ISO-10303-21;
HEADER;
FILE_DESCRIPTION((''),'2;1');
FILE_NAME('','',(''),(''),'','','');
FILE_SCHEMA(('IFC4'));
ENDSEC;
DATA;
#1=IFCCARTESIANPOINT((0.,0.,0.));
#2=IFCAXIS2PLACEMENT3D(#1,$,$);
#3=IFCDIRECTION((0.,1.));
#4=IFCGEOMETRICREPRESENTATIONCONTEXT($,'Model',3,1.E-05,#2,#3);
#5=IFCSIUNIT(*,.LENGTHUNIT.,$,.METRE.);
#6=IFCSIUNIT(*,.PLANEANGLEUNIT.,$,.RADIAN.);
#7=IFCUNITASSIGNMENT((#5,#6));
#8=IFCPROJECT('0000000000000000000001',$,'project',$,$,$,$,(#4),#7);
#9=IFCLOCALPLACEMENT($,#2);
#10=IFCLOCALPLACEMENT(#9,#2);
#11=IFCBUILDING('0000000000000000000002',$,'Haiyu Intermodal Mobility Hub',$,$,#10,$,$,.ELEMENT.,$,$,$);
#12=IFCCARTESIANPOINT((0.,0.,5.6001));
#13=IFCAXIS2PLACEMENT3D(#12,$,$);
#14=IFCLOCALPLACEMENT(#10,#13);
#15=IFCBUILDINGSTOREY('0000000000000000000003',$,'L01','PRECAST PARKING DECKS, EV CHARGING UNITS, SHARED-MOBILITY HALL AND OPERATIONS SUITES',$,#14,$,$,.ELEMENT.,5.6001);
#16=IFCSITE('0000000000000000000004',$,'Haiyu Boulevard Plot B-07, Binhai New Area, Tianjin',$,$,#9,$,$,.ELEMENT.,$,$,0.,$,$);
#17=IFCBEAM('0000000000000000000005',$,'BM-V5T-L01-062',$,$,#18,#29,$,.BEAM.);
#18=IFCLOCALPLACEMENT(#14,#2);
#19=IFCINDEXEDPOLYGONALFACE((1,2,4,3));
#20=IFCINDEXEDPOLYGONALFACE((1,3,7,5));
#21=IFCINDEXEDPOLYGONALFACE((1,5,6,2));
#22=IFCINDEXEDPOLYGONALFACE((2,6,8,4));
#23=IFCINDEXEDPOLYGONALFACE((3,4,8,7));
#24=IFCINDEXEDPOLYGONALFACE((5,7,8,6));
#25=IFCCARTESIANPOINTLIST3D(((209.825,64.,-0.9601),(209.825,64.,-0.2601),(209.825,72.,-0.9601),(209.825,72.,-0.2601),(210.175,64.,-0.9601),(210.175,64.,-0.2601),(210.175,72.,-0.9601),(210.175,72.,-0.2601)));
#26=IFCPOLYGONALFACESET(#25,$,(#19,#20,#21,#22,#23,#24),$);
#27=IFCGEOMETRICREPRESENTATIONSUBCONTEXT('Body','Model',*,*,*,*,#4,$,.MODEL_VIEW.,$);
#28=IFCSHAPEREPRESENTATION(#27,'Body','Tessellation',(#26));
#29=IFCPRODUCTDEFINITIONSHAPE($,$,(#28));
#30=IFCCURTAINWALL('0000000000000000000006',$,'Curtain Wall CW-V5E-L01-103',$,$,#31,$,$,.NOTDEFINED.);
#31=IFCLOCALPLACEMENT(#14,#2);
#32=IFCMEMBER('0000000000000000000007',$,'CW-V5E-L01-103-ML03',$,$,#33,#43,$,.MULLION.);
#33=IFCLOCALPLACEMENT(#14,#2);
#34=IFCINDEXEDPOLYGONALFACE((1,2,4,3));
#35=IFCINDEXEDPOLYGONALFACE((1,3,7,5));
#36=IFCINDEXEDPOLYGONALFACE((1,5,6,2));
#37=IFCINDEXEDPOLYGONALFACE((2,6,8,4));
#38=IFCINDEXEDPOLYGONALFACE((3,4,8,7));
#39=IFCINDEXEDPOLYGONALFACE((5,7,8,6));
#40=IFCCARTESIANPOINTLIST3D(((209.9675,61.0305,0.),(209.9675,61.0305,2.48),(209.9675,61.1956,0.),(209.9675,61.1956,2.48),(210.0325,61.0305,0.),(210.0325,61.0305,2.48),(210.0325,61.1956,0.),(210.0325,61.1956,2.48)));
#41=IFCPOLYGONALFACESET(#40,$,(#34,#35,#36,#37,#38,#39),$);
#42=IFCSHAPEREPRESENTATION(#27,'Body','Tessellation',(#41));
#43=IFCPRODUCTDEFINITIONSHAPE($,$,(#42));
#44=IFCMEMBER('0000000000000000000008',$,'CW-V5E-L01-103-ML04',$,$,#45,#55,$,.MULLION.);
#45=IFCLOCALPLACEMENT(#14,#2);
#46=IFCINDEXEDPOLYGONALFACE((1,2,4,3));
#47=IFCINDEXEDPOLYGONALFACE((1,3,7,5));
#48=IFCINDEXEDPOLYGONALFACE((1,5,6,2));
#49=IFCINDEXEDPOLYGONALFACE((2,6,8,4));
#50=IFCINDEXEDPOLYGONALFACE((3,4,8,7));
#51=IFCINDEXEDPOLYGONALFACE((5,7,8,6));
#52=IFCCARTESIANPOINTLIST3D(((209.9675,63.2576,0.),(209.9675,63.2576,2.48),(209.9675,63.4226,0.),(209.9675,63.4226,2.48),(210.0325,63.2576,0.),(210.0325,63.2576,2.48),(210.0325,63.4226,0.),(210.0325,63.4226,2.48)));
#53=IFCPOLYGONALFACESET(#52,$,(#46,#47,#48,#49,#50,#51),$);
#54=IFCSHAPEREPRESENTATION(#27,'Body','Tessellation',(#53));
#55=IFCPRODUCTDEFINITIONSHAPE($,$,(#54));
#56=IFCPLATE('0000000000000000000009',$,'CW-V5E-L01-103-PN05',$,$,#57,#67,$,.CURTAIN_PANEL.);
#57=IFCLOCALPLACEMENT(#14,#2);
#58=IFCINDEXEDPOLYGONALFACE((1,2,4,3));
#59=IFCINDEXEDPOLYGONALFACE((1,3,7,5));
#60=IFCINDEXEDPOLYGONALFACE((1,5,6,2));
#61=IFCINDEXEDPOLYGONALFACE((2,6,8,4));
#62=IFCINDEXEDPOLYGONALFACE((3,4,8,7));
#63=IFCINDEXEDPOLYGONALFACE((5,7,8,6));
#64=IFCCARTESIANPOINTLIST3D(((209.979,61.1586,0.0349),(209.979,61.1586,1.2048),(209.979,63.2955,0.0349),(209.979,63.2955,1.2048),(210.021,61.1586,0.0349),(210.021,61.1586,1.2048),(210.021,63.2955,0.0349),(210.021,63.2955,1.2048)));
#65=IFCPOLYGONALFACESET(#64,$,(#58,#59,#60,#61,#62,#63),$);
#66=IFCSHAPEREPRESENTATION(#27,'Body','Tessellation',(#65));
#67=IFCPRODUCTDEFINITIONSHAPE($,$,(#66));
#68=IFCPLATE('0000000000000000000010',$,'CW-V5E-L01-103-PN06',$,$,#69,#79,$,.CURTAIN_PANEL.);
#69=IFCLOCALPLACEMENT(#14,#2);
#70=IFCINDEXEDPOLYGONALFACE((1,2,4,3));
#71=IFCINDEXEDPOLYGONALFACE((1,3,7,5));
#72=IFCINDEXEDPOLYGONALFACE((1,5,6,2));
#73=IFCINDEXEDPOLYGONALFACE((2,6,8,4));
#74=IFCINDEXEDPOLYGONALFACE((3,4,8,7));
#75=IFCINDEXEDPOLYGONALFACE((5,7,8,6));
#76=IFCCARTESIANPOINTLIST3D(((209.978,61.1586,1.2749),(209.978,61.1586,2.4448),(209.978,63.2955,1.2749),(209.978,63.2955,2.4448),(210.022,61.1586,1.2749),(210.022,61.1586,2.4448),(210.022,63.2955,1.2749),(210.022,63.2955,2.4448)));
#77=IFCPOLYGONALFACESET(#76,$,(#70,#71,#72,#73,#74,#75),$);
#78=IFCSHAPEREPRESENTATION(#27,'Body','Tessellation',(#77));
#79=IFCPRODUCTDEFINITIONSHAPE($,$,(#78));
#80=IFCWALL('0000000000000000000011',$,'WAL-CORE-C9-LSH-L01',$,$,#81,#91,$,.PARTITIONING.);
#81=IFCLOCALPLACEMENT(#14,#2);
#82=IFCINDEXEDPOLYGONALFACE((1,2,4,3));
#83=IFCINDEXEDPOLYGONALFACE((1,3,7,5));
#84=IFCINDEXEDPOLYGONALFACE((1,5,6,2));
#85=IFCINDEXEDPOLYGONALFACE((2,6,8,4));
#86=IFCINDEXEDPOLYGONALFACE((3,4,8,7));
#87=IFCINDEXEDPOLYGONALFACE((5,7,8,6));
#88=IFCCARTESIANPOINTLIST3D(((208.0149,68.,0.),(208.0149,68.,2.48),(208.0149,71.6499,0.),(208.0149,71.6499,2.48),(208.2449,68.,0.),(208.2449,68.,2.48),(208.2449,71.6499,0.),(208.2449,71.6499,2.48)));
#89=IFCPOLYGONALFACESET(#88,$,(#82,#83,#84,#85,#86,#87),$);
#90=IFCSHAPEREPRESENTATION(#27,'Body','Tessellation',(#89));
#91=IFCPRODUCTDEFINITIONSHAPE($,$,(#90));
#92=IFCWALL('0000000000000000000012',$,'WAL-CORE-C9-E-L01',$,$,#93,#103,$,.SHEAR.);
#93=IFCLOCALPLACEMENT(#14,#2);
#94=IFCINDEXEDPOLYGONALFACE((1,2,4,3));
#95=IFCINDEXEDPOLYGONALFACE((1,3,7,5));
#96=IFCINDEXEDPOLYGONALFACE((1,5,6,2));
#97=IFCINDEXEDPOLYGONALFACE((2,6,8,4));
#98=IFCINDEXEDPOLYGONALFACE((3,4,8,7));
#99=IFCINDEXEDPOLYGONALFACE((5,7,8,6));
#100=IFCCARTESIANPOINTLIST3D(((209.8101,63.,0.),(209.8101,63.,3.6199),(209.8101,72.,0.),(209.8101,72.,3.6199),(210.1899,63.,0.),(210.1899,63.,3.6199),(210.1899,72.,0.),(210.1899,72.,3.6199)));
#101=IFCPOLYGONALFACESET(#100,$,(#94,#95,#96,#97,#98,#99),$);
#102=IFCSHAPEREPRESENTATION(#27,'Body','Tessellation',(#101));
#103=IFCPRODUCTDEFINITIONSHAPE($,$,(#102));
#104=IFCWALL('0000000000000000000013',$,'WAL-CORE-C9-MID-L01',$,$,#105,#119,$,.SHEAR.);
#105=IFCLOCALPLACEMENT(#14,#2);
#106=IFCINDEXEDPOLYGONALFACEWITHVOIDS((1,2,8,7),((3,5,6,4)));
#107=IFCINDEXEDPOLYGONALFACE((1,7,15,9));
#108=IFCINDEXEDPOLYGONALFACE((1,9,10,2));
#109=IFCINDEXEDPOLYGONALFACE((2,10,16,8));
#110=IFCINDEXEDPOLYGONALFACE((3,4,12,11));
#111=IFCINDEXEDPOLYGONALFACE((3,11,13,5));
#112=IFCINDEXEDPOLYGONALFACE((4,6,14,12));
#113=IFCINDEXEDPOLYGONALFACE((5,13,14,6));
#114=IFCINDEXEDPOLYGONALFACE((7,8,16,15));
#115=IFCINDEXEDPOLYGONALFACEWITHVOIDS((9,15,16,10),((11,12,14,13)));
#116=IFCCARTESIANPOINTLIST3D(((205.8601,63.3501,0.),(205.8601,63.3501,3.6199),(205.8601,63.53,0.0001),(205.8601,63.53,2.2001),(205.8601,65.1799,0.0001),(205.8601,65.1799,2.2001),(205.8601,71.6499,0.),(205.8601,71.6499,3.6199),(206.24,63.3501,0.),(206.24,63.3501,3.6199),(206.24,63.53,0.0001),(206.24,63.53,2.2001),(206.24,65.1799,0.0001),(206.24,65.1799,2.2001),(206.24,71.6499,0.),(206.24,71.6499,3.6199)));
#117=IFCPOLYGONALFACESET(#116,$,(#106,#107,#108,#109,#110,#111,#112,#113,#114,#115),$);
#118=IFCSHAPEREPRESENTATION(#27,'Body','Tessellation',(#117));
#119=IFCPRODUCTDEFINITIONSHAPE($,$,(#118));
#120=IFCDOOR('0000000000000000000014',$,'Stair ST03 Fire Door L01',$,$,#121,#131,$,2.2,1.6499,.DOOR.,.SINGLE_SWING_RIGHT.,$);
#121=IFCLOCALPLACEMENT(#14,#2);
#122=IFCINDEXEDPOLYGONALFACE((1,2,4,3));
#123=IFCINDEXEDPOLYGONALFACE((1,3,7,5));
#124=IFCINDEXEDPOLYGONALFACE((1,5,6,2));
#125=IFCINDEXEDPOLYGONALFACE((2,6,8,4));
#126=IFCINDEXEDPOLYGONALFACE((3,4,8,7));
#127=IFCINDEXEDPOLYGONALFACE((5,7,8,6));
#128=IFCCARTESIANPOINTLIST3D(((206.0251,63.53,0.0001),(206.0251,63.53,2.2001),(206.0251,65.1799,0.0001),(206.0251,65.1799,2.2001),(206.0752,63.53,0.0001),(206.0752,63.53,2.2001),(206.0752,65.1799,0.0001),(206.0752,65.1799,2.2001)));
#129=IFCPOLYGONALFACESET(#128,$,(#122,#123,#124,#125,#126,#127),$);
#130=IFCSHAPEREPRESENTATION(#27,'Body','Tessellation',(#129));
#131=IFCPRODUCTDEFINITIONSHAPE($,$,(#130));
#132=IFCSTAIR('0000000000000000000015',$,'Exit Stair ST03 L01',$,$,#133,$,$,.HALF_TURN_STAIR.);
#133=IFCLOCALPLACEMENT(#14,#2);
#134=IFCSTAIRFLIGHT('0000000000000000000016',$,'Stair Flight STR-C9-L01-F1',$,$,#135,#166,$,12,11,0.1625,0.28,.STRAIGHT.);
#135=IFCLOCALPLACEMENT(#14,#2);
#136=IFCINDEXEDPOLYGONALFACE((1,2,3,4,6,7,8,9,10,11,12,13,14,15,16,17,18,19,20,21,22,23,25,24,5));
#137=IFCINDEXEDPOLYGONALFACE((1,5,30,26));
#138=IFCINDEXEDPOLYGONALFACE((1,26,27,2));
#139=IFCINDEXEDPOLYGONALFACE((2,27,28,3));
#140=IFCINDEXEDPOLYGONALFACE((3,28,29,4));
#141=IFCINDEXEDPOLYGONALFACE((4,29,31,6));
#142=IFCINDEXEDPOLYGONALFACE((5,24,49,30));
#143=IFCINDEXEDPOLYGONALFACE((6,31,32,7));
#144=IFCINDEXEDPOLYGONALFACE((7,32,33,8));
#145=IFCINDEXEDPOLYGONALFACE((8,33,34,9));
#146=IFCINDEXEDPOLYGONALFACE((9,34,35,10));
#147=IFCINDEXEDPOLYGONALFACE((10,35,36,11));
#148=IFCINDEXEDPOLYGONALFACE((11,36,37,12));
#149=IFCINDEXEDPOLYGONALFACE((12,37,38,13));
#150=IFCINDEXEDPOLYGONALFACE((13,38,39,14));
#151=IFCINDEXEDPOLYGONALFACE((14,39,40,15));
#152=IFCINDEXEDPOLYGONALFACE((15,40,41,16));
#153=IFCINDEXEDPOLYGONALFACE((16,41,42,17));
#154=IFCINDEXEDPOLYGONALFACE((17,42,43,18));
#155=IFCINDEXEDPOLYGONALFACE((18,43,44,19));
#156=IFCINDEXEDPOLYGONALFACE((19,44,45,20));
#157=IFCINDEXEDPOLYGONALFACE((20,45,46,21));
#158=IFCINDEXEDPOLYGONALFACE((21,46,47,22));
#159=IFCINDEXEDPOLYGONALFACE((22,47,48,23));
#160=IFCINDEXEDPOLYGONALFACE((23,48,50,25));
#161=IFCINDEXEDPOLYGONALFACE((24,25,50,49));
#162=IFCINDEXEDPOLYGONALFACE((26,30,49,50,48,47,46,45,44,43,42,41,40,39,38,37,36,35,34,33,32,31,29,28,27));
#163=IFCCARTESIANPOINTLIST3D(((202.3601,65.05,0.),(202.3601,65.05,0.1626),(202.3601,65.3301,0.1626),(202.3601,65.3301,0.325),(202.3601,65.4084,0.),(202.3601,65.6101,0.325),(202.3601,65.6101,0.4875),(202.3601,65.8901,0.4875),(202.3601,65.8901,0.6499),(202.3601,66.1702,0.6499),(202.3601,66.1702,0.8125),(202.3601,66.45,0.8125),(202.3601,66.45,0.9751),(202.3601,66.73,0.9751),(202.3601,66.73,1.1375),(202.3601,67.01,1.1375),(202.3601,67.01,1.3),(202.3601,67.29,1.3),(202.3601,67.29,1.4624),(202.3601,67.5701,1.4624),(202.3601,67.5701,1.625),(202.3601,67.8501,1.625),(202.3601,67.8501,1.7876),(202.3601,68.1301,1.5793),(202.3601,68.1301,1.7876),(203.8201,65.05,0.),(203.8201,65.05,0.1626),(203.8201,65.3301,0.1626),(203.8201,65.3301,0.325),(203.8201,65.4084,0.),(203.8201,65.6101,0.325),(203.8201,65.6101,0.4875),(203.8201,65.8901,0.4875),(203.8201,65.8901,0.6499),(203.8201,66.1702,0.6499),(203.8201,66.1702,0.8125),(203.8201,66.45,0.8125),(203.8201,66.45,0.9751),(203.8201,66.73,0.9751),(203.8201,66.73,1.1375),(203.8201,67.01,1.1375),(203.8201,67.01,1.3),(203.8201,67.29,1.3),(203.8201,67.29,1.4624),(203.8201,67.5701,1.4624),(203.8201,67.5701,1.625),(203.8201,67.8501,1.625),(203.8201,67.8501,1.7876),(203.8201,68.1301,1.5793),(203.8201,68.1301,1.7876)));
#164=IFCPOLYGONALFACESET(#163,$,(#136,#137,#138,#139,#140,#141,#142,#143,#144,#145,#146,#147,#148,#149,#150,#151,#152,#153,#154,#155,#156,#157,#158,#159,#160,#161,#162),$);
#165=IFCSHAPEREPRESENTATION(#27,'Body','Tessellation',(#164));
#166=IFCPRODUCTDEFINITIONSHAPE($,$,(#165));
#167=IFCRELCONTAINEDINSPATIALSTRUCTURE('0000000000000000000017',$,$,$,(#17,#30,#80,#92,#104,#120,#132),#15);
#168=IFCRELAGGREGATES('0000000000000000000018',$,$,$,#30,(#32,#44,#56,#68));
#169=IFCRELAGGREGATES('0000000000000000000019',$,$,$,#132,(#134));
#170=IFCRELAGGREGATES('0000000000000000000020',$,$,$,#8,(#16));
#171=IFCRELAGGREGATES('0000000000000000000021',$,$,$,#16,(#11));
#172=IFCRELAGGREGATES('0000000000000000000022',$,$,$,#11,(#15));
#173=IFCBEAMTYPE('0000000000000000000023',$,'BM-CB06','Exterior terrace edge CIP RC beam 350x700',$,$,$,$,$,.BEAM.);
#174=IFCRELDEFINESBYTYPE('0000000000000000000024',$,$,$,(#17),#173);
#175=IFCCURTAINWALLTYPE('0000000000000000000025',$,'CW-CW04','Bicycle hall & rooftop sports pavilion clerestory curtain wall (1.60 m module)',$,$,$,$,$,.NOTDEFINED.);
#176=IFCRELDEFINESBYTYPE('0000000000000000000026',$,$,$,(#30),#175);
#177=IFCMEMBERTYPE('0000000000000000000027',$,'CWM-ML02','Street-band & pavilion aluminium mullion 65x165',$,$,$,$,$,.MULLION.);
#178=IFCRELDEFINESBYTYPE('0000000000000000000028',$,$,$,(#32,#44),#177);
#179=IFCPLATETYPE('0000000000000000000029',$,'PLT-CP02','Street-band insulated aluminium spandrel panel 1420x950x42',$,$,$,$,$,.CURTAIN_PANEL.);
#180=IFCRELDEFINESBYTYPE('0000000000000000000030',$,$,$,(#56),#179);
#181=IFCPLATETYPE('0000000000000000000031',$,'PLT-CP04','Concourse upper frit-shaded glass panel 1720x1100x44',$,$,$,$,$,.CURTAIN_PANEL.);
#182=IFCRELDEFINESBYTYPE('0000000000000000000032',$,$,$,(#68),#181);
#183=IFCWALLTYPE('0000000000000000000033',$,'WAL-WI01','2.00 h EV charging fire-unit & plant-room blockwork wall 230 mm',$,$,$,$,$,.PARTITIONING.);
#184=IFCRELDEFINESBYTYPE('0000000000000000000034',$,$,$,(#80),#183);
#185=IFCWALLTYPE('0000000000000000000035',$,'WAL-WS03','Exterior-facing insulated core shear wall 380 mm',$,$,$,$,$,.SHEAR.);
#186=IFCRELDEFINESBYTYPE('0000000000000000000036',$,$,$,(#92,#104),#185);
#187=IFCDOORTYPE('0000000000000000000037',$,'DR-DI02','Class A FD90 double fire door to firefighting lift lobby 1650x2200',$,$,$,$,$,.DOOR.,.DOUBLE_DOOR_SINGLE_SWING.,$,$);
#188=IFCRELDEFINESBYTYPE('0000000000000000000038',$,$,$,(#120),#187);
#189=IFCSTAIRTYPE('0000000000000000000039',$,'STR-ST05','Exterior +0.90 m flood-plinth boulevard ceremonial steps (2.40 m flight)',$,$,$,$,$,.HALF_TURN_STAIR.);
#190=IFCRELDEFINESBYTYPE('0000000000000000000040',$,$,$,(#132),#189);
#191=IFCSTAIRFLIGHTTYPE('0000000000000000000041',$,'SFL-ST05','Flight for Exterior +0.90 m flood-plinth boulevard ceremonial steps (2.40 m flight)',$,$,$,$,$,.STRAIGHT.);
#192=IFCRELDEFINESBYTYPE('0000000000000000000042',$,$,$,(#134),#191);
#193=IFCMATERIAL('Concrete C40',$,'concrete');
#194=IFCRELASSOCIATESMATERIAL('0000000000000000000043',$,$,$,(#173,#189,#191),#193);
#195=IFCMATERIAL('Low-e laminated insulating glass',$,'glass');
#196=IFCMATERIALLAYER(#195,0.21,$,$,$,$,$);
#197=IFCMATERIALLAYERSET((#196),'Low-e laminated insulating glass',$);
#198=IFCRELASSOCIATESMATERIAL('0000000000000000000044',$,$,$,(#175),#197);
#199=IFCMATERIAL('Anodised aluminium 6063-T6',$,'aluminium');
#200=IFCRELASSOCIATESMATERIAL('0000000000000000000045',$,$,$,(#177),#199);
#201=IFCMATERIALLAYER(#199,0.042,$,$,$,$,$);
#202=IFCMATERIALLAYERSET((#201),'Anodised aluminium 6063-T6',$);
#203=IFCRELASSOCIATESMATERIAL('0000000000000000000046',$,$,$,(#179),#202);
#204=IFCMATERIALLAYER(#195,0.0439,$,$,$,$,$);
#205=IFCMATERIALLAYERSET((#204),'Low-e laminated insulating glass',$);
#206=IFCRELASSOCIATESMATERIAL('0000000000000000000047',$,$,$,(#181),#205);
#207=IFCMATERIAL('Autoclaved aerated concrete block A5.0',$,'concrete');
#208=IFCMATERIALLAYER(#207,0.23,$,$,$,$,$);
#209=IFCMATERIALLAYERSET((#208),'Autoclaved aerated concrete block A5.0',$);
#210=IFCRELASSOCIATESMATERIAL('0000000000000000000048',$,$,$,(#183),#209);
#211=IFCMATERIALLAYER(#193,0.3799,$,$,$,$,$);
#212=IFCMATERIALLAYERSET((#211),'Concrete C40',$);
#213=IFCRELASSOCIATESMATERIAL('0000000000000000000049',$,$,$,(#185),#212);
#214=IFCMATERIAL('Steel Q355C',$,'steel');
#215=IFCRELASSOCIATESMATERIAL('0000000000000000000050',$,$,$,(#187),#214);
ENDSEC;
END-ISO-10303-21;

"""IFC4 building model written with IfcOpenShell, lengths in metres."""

from ifc_helpers import new_model, si_unit, direction, frame, frame_2d, origin, origin_2d, place, context, subcontext, project, spatial, polyline, rectangle, outline, extrude, material, layer, layer_set, material_profile, profile_set, type_object, element, fill, aggregate, save


model = new_model("IFC4")

# Units and contexts
model_context = context("Model", 3, precision=1e-05, world=origin(), true_north=direction((0.0, 1.0)))
body_context = subcontext(model_context, "Body", "Model", "MODEL_VIEW")
ifc_project = project(units=[si_unit("LENGTHUNIT", "METRE"), si_unit("PLANEANGLEUNIT", "RADIAN")], contexts=[model_context])

# Site, building, storey
site_placement = place(None, origin())
site = spatial("IfcSite", under=ifc_project, at=site_placement, Name="Haiyu Boulevard Plot B-07, Binhai New Area, Tianjin", CompositionType="ELEMENT", RefElevation=0.0)
building_placement = place(site_placement, origin())
building = spatial("IfcBuilding", under=site, at=building_placement, Name="Haiyu Intermodal Mobility Hub", CompositionType="ELEMENT")
storey_placement = place(building_placement, frame((0.0, 0.0, 5.6001)))
storey = spatial("IfcBuildingStorey", under=building, at=storey_placement, Name="L01", Description="PRECAST PARKING DECKS, EV CHARGING UNITS, SHARED-MOBILITY HALL AND OPERATIONS SUITES", CompositionType="ELEMENT", Elevation=5.6001)

# Beam
ifc_material_1 = material(Name="Concrete C40", Category="concrete")
ifc_material_profile_1 = material_profile(ifc_material_1, rectangle(XDim=0.3501, YDim=0.7, at=origin_2d()), Name="RCB350x700")
ifc_profile_set_1 = profile_set([ifc_material_profile_1], Name="Concrete C40")
beam_type = type_object("IfcBeamType", Name="BM-CB06", Description="Exterior terrace edge CIP RC beam 350x700", PredefinedType="BEAM", material=ifc_profile_set_1)
beam_placement = place(storey_placement, frame((210.0, 64.0, -0.6101), z_axis=(0.0, 1.0, 0.0), x_axis=(-1.0, 0.0, 0.0)))
element("IfcBeam", 1, at=beam_placement, inside=storey, type_object=beam_type, Name="BM-V5T-L01-062", PredefinedType="BEAM", context=body_context, shape_type="SweptSolid", body=[
    extrude(rectangle(XDim=0.3501, YDim=0.7, at=origin_2d()), origin(), (0.0, 0.0, 1.0), 8.0),
])

# Curtain wall, members, plates
ifc_material_2 = material(Name="Low-e laminated insulating glass", Category="glass")
ifc_layer_1 = layer(ifc_material_2, 0.21)
ifc_layer_set_1 = layer_set([ifc_layer_1], Name="Low-e laminated insulating glass")
curtain_wall_type = type_object("IfcCurtainWallType", Name="CW-CW04", Description="Bicycle hall & rooftop sports pavilion clerestory curtain wall (1.60 m module)", PredefinedType="NOTDEFINED", material=ifc_layer_set_1)
curtain_wall_placement = place(storey_placement, origin())
curtain_wall = element("IfcCurtainWall", 2, at=curtain_wall_placement, inside=storey, type_object=curtain_wall_type, Name="Curtain Wall CW-V5E-L01-103", PredefinedType="NOTDEFINED")
ifc_material_3 = material(Name="Anodised aluminium 6063-T6", Category="aluminium")
ifc_material_profile_2 = material_profile(ifc_material_3, rectangle(XDim=0.0649, YDim=0.165, at=origin_2d()), Name="ALU65x165")
ifc_profile_set_2 = profile_set([ifc_material_profile_2], Name="Anodised aluminium 6063-T6")
member_type = type_object("IfcMemberType", Name="CWM-ML02", Description="Street-band & pavilion aluminium mullion 65x165", PredefinedType="MULLION", material=ifc_profile_set_2)
member_1_placement = place(storey_placement, frame((210.0, 61.113, 0.0), z_axis=(0.0, 0.0, 1.0), x_axis=(1.0, 0.0, 0.0)))
member_1 = element("IfcMember", 3, at=member_1_placement, type_object=member_type, Name="CW-V5E-L01-103-ML03", PredefinedType="MULLION", context=body_context, shape_type="SweptSolid", body=[
    extrude(rectangle(XDim=0.0649, YDim=0.165, at=origin_2d()), origin(), (0.0, 0.0, 1.0), 2.48),
])
member_2_placement = place(storey_placement, frame((210.0, 63.3401, 0.0), z_axis=(0.0, 0.0, 1.0), x_axis=(1.0, 0.0, 0.0)))
member_2 = element("IfcMember", 4, at=member_2_placement, type_object=member_type, Name="CW-V5E-L01-103-ML04", PredefinedType="MULLION", context=body_context, shape_type="SweptSolid", body=[
    extrude(rectangle(XDim=0.0649, YDim=0.165, at=origin_2d()), origin(), (0.0, 0.0, 1.0), 2.48),
])
ifc_layer_2 = layer(ifc_material_3, 0.042)
ifc_layer_set_2 = layer_set([ifc_layer_2], Name="Anodised aluminium 6063-T6")
plate_type_1 = type_object("IfcPlateType", Name="PLT-CP02", Description="Street-band insulated aluminium spandrel panel 1420x950x42", PredefinedType="CURTAIN_PANEL", material=ifc_layer_set_2)
plate_1_placement = place(storey_placement, frame((210.0, 62.2271, 0.0349), z_axis=(0.0, 0.0, 1.0), x_axis=(0.0, 1.0, 0.0)))
plate_1 = element("IfcPlate", 5, at=plate_1_placement, type_object=plate_type_1, Name="CW-V5E-L01-103-PN05", PredefinedType="CURTAIN_PANEL", context=body_context, shape_type="SweptSolid", body=[
    extrude(rectangle(XDim=2.137, YDim=0.042, at=origin_2d()), origin(), (0.0, 0.0, 1.0), 1.1699),
])
ifc_layer_3 = layer(ifc_material_2, 0.0439)
ifc_layer_set_3 = layer_set([ifc_layer_3], Name="Low-e laminated insulating glass")
plate_type_2 = type_object("IfcPlateType", Name="PLT-CP04", Description="Concourse upper frit-shaded glass panel 1720x1100x44", PredefinedType="CURTAIN_PANEL", material=ifc_layer_set_3)
plate_2_placement = place(storey_placement, frame((210.0, 62.2271, 1.2749), z_axis=(0.0, 0.0, 1.0), x_axis=(0.0, 1.0, 0.0)))
plate_2 = element("IfcPlate", 6, at=plate_2_placement, type_object=plate_type_2, Name="CW-V5E-L01-103-PN06", PredefinedType="CURTAIN_PANEL", context=body_context, shape_type="SweptSolid", body=[
    extrude(rectangle(XDim=2.137, YDim=0.0439, at=origin_2d()), origin(), (0.0, 0.0, 1.0), 1.1699),
])
aggregate(curtain_wall, [member_1, member_2, plate_1, plate_2])

# Wall
ifc_material_4 = material(Name="Autoclaved aerated concrete block A5.0", Category="concrete")
ifc_layer_4 = layer(ifc_material_4, 0.23)
ifc_layer_set_4 = layer_set([ifc_layer_4], Name="Autoclaved aerated concrete block A5.0")
wall_type_1 = type_object("IfcWallType", Name="WAL-WI01", Description="2.00 h EV charging fire-unit & plant-room blockwork wall 230 mm", PredefinedType="PARTITIONING", material=ifc_layer_set_4)
wall_1_placement = place(storey_placement, frame((208.1299, 68.0, 0.0), z_axis=(0.0, 0.0, 1.0), x_axis=(0.0, 1.0, 0.0)))
element("IfcWall", 7, at=wall_1_placement, inside=storey, type_object=wall_type_1, Name="WAL-CORE-C9-LSH-L01", PredefinedType="PARTITIONING", context=body_context, shape_type="SweptSolid", body=[
    extrude(rectangle(XDim=3.6499, YDim=0.23, at=frame_2d((1.825, 0.0))), origin(), (0.0, 0.0, 1.0), 2.48),
])

# Shared definitions
ifc_material_5 = material(Name="Steel Q355C", Category="steel")

# Wall
ifc_layer_5 = layer(ifc_material_1, 0.3799)
ifc_layer_set_5 = layer_set([ifc_layer_5], Name="Concrete C40")
wall_type_2 = type_object("IfcWallType", Name="WAL-WS03", Description="Exterior-facing insulated core shear wall 380 mm", PredefinedType="SHEAR", material=ifc_layer_set_5)
wall_2_placement = place(storey_placement, frame((210.0, 63.0, 0.0), z_axis=(0.0, 0.0, 1.0), x_axis=(0.0, 1.0, 0.0)))
element("IfcWall", 8, at=wall_2_placement, inside=storey, type_object=wall_type_2, Name="WAL-CORE-C9-E-L01", PredefinedType="SHEAR", context=body_context, shape_type="SweptSolid", body=[
    extrude(rectangle(XDim=9.0, YDim=0.3799, at=frame_2d((4.5, 0.0))), origin(), (0.0, 0.0, 1.0), 3.6199),
])

# Wall, opening, door
wall_3_placement = place(storey_placement, frame((206.05, 63.3501, 0.0), z_axis=(0.0, 0.0, 1.0), x_axis=(0.0, 1.0, 0.0)))
wall_3 = element("IfcWall", 9, at=wall_3_placement, inside=storey, type_object=wall_type_2, Name="WAL-CORE-C9-MID-L01", PredefinedType="SHEAR", context=body_context, shape_type="SweptSolid", body=[
    extrude(rectangle(XDim=8.2998, YDim=0.3799, at=frame_2d((4.1499, 0.0))), origin(), (0.0, 0.0, 1.0), 3.6199),
])
opening_1_placement = place(wall_3_placement, frame((0.1799, 0.0, 0.0)))
opening_1 = element("IfcOpeningElement", 10, at=opening_1_placement, cuts=wall_3, PredefinedType="OPENING", context=body_context, shape_type="SweptSolid", body=[
    extrude(rectangle(XDim=1.6499, YDim=2.2, at=frame_2d((0.825, 1.1001))), frame((0.0, 0.2, 0.0), z_axis=(0.0, -1.0, 0.0), x_axis=(1.0, 0.0, 0.0)), (0.0, 0.0, 1.0), 0.3999),
])
door_type_1 = type_object("IfcDoorType", Name="DR-DI02", Description="Class A FD90 double fire door to firefighting lift lobby 1650x2200", OperationType="DOUBLE_DOOR_SINGLE_SWING", PredefinedType="DOOR", material=ifc_material_5)
door_1_placement = place(opening_1_placement, origin())
door_1 = element("IfcDoor", 11, at=door_1_placement, inside=storey, type_object=door_type_1, Name="Stair ST03 Fire Door L01", OperationType="SINGLE_SWING_RIGHT", OverallHeight=2.2, OverallWidth=1.6499, PredefinedType="DOOR", context=body_context, shape_type="SweptSolid", body=[
    extrude(rectangle(XDim=1.6499, YDim=2.2, at=frame_2d((0.825, 1.1001))), frame((0.0, 0.0249, 0.0), z_axis=(0.0, -1.0, 0.0), x_axis=(1.0, 0.0, 0.0)), (0.0, 0.0, 1.0), 0.05),
])
fill(opening_1, door_1)

# Stair, stair flight
stair_type = type_object("IfcStairType", Name="STR-ST05", Description="Exterior +0.90 m flood-plinth boulevard ceremonial steps (2.40 m flight)", PredefinedType="HALF_TURN_STAIR", material=ifc_material_1)
stair_placement = place(storey_placement, origin())
stair = element("IfcStair", 12, at=stair_placement, inside=storey, type_object=stair_type, Name="Exit Stair ST03 L01", PredefinedType="HALF_TURN_STAIR")
stair_flight_type = type_object("IfcStairFlightType", Name="SFL-ST05", Description="Flight for Exterior +0.90 m flood-plinth boulevard ceremonial steps (2.40 m flight)", PredefinedType="STRAIGHT", material=ifc_material_1)
stair_flight_1_placement = place(storey_placement, frame((203.0901, 65.05, 0.0), z_axis=(0.0, 0.0, 1.0), x_axis=(0.0, 1.0, 0.0)))
stair_flight_1 = element("IfcStairFlight", 13, at=stair_flight_1_placement, type_object=stair_flight_type, Name="Stair Flight STR-C9-L01-F1", NumberOfRisers=12, NumberOfTreads=11, PredefinedType="STRAIGHT", RiserHeight=0.1625, TreadLength=0.28, context=body_context, shape_type="SweptSolid", body=[
    extrude(outline(polyline([(0.0, 0.0), (0.0, 0.1626), (0.28, 0.1626), (0.28, 0.325), (0.5601, 0.325), (0.5601, 0.4875), (0.8401, 0.4875), (0.8401, 0.6499), (1.1201, 0.6499), (1.1201, 0.8125), (1.3999, 0.8125), (1.3999, 0.9751), (1.6799, 0.9751), (1.6799, 1.1375), (1.96, 1.1375), (1.96, 1.3), (2.24, 1.3), (2.24, 1.4624), (2.52, 1.4624), (2.52, 1.625), (2.8, 1.625), (2.8, 1.7876), (3.0801, 1.7876), (3.0801, 1.95), (3.0801, 1.5793), (0.3584, 0.0), (0.0, 0.0)])), frame((0.0, 0.73, 0.0), z_axis=(0.0, -1.0, 0.0), x_axis=(1.0, 0.0, 0.0)), (0.0, 0.0, 1.0), 1.46),
])
aggregate(stair, [stair_flight_1])

save(model, "model.ifc")
